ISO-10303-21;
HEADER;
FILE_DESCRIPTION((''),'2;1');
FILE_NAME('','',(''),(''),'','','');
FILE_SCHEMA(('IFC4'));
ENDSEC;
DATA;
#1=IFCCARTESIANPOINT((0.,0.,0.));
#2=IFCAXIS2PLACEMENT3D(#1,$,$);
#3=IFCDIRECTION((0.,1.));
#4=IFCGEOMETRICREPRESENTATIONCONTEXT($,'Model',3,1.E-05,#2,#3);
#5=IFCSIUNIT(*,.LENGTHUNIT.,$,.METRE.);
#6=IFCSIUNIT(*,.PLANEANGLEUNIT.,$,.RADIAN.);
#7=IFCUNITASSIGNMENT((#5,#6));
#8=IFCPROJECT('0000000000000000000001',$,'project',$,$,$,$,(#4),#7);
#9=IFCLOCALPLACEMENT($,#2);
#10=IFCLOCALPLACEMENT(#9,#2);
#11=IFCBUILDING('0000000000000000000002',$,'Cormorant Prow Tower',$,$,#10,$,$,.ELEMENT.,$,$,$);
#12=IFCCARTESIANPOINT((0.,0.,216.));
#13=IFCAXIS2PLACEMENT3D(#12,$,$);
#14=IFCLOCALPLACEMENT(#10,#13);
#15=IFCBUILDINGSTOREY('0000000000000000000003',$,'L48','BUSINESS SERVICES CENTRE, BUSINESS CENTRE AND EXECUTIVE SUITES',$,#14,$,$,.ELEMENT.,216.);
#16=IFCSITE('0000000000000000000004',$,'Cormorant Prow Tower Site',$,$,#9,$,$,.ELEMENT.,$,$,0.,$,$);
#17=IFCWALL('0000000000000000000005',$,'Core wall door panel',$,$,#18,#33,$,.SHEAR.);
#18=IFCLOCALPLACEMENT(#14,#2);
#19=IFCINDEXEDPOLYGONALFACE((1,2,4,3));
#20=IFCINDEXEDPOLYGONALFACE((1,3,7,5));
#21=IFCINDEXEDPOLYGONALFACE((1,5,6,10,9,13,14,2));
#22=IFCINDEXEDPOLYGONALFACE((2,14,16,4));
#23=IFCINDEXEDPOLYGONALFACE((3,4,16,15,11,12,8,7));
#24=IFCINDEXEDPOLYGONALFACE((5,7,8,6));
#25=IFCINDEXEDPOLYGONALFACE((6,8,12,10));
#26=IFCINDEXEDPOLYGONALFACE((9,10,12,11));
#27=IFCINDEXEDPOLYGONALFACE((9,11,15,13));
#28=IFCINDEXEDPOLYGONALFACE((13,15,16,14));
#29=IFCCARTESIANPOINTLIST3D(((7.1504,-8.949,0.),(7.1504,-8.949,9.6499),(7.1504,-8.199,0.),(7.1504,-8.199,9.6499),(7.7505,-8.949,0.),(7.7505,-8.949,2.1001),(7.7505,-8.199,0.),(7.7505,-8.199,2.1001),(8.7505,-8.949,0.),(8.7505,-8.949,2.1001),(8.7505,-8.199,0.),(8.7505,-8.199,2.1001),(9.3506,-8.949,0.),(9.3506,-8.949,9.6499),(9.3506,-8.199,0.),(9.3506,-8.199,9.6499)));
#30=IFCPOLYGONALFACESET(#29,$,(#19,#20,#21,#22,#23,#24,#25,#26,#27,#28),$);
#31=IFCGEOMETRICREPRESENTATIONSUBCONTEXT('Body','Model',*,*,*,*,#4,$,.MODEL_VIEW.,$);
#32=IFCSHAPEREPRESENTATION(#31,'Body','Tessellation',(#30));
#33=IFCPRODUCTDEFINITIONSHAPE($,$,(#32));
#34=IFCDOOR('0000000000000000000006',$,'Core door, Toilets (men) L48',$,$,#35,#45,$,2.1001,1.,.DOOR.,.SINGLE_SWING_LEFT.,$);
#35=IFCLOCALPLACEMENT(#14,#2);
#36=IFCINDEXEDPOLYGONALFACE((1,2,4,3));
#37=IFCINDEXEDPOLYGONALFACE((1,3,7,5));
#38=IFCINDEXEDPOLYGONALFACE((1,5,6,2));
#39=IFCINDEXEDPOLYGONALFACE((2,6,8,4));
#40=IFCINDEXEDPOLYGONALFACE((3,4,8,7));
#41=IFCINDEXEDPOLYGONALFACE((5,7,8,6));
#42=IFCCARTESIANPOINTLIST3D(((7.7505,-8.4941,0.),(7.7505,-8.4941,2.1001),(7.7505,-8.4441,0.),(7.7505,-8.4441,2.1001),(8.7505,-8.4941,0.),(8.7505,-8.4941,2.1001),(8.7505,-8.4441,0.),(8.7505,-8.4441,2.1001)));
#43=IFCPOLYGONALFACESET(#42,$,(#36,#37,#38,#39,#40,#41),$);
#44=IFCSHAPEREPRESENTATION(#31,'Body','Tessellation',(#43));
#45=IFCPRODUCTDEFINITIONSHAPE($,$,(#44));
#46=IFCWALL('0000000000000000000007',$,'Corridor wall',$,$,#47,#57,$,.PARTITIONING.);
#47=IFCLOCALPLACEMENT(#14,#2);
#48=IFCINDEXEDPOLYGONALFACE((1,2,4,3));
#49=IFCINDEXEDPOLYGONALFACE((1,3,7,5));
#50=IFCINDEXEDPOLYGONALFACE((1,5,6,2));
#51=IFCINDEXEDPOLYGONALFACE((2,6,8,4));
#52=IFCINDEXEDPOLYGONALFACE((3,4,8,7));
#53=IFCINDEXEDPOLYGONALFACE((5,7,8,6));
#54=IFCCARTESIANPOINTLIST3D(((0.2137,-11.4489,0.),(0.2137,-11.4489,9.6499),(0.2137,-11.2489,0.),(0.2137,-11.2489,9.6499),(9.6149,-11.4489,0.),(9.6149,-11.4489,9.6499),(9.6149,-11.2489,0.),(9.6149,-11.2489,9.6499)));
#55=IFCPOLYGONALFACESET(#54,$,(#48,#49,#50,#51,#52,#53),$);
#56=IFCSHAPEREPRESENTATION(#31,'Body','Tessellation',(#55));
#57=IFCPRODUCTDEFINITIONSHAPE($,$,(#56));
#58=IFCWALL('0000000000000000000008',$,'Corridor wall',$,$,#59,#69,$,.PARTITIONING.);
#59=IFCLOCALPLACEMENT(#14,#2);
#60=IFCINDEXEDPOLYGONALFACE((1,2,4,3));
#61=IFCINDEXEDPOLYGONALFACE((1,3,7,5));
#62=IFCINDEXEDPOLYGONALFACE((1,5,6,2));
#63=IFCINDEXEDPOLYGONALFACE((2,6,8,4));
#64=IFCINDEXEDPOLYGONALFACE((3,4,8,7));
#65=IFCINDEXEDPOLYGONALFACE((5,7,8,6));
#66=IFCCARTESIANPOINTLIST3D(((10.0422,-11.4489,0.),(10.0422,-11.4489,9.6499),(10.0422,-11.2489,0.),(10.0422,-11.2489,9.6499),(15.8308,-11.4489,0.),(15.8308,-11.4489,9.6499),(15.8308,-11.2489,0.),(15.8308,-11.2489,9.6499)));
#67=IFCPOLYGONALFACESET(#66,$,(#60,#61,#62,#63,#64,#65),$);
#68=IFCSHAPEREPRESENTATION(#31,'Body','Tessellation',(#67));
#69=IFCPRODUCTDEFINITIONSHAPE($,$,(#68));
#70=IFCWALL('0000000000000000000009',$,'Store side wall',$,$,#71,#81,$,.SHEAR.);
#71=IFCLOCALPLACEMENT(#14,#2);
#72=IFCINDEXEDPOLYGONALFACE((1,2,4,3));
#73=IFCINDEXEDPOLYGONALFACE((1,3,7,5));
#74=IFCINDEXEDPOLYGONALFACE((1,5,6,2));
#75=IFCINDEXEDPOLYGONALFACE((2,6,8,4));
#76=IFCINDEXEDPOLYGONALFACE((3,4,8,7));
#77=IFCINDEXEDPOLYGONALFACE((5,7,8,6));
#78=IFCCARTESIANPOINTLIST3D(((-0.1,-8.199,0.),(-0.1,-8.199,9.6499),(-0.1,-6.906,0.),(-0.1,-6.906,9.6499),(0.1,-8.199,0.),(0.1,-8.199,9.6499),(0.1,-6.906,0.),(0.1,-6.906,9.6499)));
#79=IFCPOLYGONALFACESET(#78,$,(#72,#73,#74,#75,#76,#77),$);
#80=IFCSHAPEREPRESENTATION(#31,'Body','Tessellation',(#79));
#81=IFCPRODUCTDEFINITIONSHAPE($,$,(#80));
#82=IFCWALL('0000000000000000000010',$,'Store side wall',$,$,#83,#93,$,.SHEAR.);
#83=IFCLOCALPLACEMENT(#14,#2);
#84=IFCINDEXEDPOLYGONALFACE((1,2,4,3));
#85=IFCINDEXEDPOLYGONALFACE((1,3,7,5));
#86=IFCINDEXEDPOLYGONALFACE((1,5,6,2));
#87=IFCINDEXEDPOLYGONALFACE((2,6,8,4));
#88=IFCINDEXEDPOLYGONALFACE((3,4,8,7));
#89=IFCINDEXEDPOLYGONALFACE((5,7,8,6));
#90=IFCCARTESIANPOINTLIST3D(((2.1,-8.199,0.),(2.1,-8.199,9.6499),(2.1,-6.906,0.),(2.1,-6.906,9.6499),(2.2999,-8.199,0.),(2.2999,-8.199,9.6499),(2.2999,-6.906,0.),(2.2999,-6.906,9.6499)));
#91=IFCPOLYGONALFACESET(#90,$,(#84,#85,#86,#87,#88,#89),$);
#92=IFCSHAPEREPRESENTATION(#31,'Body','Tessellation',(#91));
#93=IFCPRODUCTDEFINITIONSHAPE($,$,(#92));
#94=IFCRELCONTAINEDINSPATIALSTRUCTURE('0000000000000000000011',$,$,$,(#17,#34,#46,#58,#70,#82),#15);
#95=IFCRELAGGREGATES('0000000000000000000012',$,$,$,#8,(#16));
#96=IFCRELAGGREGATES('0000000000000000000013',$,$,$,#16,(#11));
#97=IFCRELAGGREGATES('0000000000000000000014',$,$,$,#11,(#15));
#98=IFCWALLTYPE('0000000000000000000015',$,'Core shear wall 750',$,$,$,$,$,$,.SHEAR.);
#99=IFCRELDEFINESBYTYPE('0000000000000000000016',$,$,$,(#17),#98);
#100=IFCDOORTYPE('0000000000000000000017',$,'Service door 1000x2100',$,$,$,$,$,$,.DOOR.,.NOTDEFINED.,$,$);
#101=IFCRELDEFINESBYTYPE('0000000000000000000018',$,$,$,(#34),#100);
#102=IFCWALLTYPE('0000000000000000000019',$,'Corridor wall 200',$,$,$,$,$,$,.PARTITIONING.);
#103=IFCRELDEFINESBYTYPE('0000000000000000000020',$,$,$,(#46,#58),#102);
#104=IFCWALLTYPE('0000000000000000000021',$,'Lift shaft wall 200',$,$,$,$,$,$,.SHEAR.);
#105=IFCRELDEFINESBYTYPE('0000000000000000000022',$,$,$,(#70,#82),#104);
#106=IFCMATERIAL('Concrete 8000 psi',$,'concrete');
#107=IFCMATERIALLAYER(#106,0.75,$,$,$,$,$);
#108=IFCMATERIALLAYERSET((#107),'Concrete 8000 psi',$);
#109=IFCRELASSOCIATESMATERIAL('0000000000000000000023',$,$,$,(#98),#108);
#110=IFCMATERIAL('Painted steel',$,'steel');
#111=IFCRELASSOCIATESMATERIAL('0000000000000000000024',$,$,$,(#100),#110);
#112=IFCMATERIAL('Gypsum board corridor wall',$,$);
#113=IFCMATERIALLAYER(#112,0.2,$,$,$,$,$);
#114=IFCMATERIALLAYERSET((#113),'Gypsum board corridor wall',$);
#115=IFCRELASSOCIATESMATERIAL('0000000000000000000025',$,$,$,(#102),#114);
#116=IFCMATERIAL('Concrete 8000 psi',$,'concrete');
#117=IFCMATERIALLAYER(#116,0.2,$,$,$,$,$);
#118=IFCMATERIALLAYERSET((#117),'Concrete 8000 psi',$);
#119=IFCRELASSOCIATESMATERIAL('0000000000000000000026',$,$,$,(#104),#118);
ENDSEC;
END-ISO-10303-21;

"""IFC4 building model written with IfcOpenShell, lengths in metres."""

from ifc_helpers import new_model, si_unit, direction, frame, frame_2d, origin, place, context, subcontext, project, spatial, rectangle, extrude, material, layer, layer_set, type_object, element, fill, save


model = new_model("IFC4")

# Units and contexts
model_context = context("Model", 3, precision=1e-05, world=origin(), true_north=direction((0.0, 1.0)))
body_context = subcontext(model_context, "Body", "Model", "MODEL_VIEW")
ifc_project = project(units=[si_unit("LENGTHUNIT", "METRE"), si_unit("PLANEANGLEUNIT", "RADIAN")], contexts=[model_context])

# Site, building, storey
site_placement = place(None, origin())
site = spatial("IfcSite", under=ifc_project, at=site_placement, Name="Cormorant Prow Tower Site", CompositionType="ELEMENT", RefElevation=0.0)
building_placement = place(site_placement, origin())
building = spatial("IfcBuilding", under=site, at=building_placement, Name="Cormorant Prow Tower", CompositionType="ELEMENT")
storey_placement = place(building_placement, frame((0.0, 0.0, 216.0)))
storey = spatial("IfcBuildingStorey", under=building, at=storey_placement, Name="L48", Description="BUSINESS SERVICES CENTRE, BUSINESS CENTRE AND EXECUTIVE SUITES", CompositionType="ELEMENT", Elevation=216.0)

# Shared definitions
ifc_material_1 = material(Name="Concrete 8000 psi", Category="concrete")
ifc_layer_1 = layer(ifc_material_1, 0.75)
ifc_layer_set_1 = layer_set([ifc_layer_1], Name="Concrete 8000 psi")
wall_type_1 = type_object("IfcWallType", Name="Core shear wall 750", PredefinedType="SHEAR", material=ifc_layer_set_1)

# Wall, opening, door
wall_1_placement = place(storey_placement, frame((7.1504, -8.574, 0.0), z_axis=(0.0, 0.0, 1.0), x_axis=(1.0, 0.0, 0.0)))
wall_1 = element("IfcWall", 1, at=wall_1_placement, inside=storey, type_object=wall_type_1, Name="Core wall door panel", PredefinedType="SHEAR", context=body_context, shape_type="SweptSolid", body=[
    extrude(rectangle(XDim=2.2002, YDim=0.75, at=frame_2d((1.1001, 0.0))), origin(), (0.0, 0.0, 1.0), 9.6499),
])
opening_placement = place(wall_1_placement, frame((0.6001, 0.0, 0.0)))
opening = element("IfcOpeningElement", 2, at=opening_placement, cuts=wall_1, PredefinedType="OPENING", context=body_context, shape_type="SweptSolid", body=[
    extrude(rectangle(XDim=1.0, YDim=2.1001, at=frame_2d((0.5, 1.05))), frame((0.0, 0.385, 0.0), z_axis=(0.0, -1.0, 0.0), x_axis=(1.0, 0.0, 0.0)), (0.0, 0.0, 1.0), 0.77),
])
ifc_material_2 = material(Name="Painted steel", Category="steel")
door_type = type_object("IfcDoorType", Name="Service door 1000x2100", OperationType="NOTDEFINED", PredefinedType="DOOR", material=ifc_material_2)
door_placement = place(opening_placement, origin())
door = element("IfcDoor", 3, at=door_placement, inside=storey, type_object=door_type, Name="Core door, Toilets (men) L48", OperationType="SINGLE_SWING_LEFT", OverallHeight=2.1001, OverallWidth=1.0, PredefinedType="DOOR", context=body_context, shape_type="SweptSolid", body=[
    extrude(rectangle(XDim=1.0, YDim=2.1001, at=frame_2d((0.5, 1.05))), frame((0.0, 0.1299, 0.0), z_axis=(0.0, -1.0, 0.0), x_axis=(1.0, 0.0, 0.0)), (0.0, 0.0, 1.0), 0.05),
])
fill(opening, door)

# Walls
ifc_material_3 = material(Name="Gypsum board corridor wall")
ifc_layer_2 = layer(ifc_material_3, 0.2)
ifc_layer_set_2 = layer_set([ifc_layer_2], Name="Gypsum board corridor wall")
wall_type_2 = type_object("IfcWallType", Name="Corridor wall 200", PredefinedType="PARTITIONING", material=ifc_layer_set_2)
wall_2_placement = place(storey_placement, frame((0.2136, -11.3489, 0.0), z_axis=(0.0, 0.0, 1.0), x_axis=(1.0, 0.0, 0.0)))
element("IfcWall", 4, at=wall_2_placement, inside=storey, type_object=wall_type_2, Name="Corridor wall", PredefinedType="PARTITIONING", context=body_context, shape_type="SweptSolid", body=[
    extrude(rectangle(XDim=9.4011, YDim=0.2, at=frame_2d((4.7007, 0.0))), origin(), (0.0, 0.0, 1.0), 9.6499),
])
wall_3_placement = place(storey_placement, frame((10.0422, -11.3489, 0.0), z_axis=(0.0, 0.0, 1.0), x_axis=(1.0, 0.0, 0.0)))
element("IfcWall", 5, at=wall_3_placement, inside=storey, type_object=wall_type_2, Name="Corridor wall", PredefinedType="PARTITIONING", context=body_context, shape_type="SweptSolid", body=[
    extrude(rectangle(XDim=5.7886, YDim=0.2, at=frame_2d((2.8943, 0.0))), origin(), (0.0, 0.0, 1.0), 9.6499),
])
ifc_material_4 = material(Name="Concrete 8000 psi", Category="concrete")
ifc_layer_3 = layer(ifc_material_4, 0.2)
ifc_layer_set_3 = layer_set([ifc_layer_3], Name="Concrete 8000 psi")
wall_type_3 = type_object("IfcWallType", Name="Lift shaft wall 200", PredefinedType="SHEAR", material=ifc_layer_set_3)
for number, where, z_axis, x_axis, name in (
    (6, (0.0, -6.906, 0.0), (0.0, 0.0, 1.0), (0.0, -1.0, 0.0), "Store side wall"),
    (7, (2.2, -6.906, 0.0), (0.0, 0.0, 1.0), (0.0, -1.0, 0.0), "Store side wall"),
):
    element("IfcWall", number, at=place(storey_placement, frame(where, z_axis=z_axis, x_axis=x_axis)), inside=storey, type_object=wall_type_3, Name=name, PredefinedType="SHEAR", context=body_context, shape_type="SweptSolid", body=[
        extrude(rectangle(XDim=1.293, YDim=0.2, at=frame_2d((0.6465, 0.0))), origin(), (0.0, 0.0, 1.0), 9.6499),
    ])

save(model, "model.ifc")
